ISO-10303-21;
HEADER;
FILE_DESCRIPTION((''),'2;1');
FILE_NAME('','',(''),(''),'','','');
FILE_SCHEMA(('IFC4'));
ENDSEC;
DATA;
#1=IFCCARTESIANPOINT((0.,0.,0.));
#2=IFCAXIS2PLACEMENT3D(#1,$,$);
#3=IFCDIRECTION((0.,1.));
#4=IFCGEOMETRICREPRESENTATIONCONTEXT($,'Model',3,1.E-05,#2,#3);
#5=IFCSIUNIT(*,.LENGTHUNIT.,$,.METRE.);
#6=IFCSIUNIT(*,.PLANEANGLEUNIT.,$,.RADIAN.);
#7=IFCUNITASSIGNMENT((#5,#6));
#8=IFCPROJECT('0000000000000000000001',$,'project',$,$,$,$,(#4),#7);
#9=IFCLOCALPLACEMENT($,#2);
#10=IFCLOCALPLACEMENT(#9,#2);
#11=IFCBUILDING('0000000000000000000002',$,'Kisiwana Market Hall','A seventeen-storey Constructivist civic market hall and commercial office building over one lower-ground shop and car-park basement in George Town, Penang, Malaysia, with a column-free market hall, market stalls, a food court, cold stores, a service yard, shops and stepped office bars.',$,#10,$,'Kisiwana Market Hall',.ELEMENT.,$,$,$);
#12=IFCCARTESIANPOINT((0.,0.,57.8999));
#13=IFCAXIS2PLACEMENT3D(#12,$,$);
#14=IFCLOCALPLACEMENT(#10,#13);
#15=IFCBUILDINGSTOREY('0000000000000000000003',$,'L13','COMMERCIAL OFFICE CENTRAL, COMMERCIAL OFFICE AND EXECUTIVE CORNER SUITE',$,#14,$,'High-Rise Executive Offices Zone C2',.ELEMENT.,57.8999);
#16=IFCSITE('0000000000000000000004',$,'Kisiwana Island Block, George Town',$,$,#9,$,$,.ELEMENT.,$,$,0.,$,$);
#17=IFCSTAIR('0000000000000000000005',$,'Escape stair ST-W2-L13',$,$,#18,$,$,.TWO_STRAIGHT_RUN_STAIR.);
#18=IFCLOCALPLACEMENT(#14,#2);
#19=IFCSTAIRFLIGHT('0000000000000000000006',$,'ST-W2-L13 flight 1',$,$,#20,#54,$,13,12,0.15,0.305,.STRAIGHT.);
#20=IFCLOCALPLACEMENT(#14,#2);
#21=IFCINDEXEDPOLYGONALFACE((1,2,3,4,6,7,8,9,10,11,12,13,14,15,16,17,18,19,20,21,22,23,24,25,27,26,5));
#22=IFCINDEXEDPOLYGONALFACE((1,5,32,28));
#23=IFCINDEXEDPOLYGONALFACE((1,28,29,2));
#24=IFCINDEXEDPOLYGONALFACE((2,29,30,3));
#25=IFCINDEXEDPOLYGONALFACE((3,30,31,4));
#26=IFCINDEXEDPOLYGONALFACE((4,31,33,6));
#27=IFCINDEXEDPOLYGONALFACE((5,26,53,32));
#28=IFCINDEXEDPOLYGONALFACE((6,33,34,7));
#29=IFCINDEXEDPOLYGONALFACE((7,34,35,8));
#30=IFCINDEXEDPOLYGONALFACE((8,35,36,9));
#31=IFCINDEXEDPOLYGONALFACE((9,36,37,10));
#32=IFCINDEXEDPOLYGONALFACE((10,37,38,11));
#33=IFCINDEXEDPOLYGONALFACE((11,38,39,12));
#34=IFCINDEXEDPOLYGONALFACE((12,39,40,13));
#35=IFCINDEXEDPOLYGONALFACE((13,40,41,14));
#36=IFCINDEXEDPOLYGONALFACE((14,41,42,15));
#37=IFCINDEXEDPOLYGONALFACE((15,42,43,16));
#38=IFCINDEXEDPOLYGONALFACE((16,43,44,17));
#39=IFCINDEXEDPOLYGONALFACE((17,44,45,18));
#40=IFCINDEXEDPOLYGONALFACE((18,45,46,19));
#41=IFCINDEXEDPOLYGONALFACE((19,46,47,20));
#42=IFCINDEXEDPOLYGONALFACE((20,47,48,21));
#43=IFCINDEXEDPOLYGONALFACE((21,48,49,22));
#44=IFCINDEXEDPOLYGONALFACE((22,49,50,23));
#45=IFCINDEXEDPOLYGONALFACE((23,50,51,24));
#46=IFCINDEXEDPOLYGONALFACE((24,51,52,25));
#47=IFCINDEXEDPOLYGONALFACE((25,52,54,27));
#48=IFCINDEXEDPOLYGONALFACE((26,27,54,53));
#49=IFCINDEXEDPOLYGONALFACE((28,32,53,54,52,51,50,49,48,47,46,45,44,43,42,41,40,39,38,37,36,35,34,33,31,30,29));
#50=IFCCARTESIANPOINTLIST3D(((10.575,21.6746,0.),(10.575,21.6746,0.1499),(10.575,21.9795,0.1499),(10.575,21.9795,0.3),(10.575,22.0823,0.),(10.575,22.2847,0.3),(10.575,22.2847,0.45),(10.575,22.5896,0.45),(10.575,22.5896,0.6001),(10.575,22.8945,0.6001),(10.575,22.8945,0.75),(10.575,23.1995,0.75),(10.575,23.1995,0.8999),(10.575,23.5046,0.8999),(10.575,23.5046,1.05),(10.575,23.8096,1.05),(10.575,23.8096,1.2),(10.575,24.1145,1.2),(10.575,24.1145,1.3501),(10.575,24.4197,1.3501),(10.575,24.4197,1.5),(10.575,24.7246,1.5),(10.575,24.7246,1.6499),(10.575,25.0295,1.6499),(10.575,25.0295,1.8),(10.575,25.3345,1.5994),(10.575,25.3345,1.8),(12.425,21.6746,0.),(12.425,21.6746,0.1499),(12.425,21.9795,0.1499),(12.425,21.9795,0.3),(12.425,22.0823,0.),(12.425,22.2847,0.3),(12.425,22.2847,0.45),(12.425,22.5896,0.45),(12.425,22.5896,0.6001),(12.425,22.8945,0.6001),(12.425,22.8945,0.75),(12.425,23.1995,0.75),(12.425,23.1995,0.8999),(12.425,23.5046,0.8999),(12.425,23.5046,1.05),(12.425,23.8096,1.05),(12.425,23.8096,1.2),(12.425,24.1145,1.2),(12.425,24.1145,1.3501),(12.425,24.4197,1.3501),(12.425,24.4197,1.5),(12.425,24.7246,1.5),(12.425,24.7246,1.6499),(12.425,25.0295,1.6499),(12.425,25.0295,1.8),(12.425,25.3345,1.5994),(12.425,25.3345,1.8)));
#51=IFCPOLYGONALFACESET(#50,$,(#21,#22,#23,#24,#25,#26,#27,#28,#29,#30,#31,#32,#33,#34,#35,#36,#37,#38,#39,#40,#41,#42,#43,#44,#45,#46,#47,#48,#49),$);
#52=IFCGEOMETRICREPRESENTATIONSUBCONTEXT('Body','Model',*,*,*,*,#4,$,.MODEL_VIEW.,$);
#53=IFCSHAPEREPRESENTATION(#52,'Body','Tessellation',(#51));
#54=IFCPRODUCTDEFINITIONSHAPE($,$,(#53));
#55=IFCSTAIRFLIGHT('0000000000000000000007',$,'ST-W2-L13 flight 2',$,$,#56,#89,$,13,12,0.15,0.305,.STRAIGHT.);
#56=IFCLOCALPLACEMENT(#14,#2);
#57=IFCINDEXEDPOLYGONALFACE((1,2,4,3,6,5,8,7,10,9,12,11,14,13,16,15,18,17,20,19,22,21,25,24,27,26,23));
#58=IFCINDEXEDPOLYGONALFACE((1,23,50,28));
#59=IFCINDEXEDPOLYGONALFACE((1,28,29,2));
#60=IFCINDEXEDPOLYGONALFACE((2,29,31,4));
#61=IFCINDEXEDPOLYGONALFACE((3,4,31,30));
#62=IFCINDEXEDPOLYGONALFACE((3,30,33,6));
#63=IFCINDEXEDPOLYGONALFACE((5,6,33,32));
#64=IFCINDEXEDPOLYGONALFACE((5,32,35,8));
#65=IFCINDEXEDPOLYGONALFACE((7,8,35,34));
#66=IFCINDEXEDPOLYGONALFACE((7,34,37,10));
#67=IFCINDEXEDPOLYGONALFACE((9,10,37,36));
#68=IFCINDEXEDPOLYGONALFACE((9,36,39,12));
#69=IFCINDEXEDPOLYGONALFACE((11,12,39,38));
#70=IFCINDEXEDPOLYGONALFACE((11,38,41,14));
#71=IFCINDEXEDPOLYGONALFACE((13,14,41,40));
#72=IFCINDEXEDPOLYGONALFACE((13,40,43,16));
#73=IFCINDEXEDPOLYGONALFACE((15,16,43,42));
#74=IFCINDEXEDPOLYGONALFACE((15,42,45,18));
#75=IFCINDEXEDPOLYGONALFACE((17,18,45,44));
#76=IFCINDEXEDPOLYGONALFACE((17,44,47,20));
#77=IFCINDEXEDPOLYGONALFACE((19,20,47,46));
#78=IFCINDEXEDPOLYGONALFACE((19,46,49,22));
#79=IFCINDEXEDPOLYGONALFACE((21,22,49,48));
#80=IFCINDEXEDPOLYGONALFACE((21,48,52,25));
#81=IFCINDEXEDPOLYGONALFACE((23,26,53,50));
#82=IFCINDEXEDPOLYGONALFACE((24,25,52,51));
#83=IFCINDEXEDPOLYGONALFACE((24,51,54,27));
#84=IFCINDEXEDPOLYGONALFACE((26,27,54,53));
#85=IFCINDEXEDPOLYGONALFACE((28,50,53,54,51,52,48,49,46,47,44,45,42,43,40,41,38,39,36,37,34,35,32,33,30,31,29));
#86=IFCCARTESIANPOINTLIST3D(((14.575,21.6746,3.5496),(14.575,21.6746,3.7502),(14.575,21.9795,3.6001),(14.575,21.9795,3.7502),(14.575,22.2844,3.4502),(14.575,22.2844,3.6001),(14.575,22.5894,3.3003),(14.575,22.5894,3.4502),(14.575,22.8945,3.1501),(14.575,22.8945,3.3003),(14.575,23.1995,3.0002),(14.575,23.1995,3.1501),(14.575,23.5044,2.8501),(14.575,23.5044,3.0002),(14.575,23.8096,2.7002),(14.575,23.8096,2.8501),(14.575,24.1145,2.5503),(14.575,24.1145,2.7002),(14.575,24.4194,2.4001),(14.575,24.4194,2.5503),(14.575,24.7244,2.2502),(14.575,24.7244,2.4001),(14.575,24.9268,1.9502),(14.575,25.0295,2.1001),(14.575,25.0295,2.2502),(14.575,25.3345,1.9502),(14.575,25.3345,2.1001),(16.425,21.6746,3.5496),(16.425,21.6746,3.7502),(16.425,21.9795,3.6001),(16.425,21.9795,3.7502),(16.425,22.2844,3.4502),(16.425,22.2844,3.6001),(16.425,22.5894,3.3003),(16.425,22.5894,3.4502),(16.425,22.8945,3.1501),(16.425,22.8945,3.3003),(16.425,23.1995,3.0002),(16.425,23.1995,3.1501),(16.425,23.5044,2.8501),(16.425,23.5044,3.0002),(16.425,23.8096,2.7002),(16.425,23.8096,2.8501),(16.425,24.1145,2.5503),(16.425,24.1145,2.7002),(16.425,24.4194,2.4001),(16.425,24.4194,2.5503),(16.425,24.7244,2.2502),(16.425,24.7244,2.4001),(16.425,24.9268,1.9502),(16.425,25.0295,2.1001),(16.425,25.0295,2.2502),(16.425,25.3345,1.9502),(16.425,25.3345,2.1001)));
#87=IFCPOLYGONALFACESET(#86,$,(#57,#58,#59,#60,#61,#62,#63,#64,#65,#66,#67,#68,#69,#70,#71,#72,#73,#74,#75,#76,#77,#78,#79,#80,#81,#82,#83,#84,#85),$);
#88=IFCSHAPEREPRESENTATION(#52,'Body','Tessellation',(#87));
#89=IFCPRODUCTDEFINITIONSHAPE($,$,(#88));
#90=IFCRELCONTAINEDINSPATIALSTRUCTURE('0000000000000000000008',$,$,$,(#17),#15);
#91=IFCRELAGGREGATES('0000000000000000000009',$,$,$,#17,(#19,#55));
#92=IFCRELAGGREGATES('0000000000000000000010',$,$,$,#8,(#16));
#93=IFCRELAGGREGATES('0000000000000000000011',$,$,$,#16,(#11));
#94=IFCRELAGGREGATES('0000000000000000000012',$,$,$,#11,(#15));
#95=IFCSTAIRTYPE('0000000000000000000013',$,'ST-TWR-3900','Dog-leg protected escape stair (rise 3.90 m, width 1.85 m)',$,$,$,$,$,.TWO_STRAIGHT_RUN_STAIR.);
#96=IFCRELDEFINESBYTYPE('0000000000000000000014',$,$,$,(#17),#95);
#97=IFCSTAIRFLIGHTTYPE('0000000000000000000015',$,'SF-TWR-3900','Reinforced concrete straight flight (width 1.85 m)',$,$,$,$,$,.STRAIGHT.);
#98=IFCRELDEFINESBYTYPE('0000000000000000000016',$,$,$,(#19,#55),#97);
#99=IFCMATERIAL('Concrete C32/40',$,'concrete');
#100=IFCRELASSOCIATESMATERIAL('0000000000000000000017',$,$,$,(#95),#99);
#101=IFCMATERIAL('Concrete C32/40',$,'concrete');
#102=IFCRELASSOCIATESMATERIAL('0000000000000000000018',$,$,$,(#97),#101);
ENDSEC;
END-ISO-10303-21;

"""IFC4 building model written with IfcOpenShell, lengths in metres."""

from ifc_helpers import new_model, si_unit, direction, frame, origin, place, context, subcontext, project, spatial, polyline, outline, extrude, material, type_object, element, aggregate, save


model = new_model("IFC4")

# Units and contexts
model_context = context("Model", 3, precision=1e-05, world=origin(), true_north=direction((0.0, 1.0)))
body_context = subcontext(model_context, "Body", "Model", "MODEL_VIEW")
ifc_project = project(units=[si_unit("LENGTHUNIT", "METRE"), si_unit("PLANEANGLEUNIT", "RADIAN")], contexts=[model_context])

# Site, building, storey
site_placement = place(None, origin())
site = spatial("IfcSite", under=ifc_project, at=site_placement, Name="Kisiwana Island Block, George Town", CompositionType="ELEMENT", RefElevation=0.0)
building_placement = place(site_placement, origin())
building = spatial("IfcBuilding", under=site, at=building_placement, Name="Kisiwana Market Hall", Description="A seventeen-storey Constructivist civic market hall and commercial office building over one lower-ground shop and car-park basement in George Town, Penang, Malaysia, with a column-free market hall, market stalls, a food court, cold stores, a service yard, shops and stepped office bars.", LongName="Kisiwana Market Hall", CompositionType="ELEMENT")
storey_placement = place(building_placement, frame((0.0, 0.0, 57.8999)))
storey = spatial("IfcBuildingStorey", under=building, at=storey_placement, Name="L13", Description="COMMERCIAL OFFICE CENTRAL, COMMERCIAL OFFICE AND EXECUTIVE CORNER SUITE", LongName="High-Rise Executive Offices Zone C2", CompositionType="ELEMENT", Elevation=57.8999)

# Stair, stair flights
ifc_material_1 = material(Name="Concrete C32/40", Category="concrete")
stair_type = type_object("IfcStairType", Name="ST-TWR-3900", Description="Dog-leg protected escape stair (rise 3.90 m, width 1.85 m)", PredefinedType="TWO_STRAIGHT_RUN_STAIR", material=ifc_material_1)
stair_placement = place(storey_placement, origin())
stair = element("IfcStair", 1, at=stair_placement, inside=storey, type_object=stair_type, Name="Escape stair ST-W2-L13", PredefinedType="TWO_STRAIGHT_RUN_STAIR")
ifc_material_2 = material(Name="Concrete C32/40", Category="concrete")
stair_flight_type = type_object("IfcStairFlightType", Name="SF-TWR-3900", Description="Reinforced concrete straight flight (width 1.85 m)", PredefinedType="STRAIGHT", material=ifc_material_2)
stair_flight_1_placement = place(storey_placement, frame((11.5, 21.6746, 0.0), z_axis=(0.0, 0.0, 1.0), x_axis=(0.0, 1.0, 0.0)))
stair_flight_1 = element("IfcStairFlight", 2, at=stair_flight_1_placement, type_object=stair_flight_type, Name="ST-W2-L13 flight 1", NumberOfRisers=13, NumberOfTreads=12, PredefinedType="STRAIGHT", RiserHeight=0.15, TreadLength=0.305, context=body_context, shape_type="SweptSolid", body=[
    extrude(outline(polyline([(0.0, 0.0), (0.0, 0.1499), (0.3049, 0.1499), (0.3049, 0.3), (0.6101, 0.3), (0.6101, 0.45), (0.915, 0.45), (0.915, 0.6001), (1.22, 0.6001), (1.22, 0.75), (1.5249, 0.75), (1.5249, 0.8999), (1.8301, 0.8999), (1.8301, 1.05), (2.135, 1.05), (2.135, 1.2), (2.4399, 1.2), (2.4399, 1.3501), (2.7451, 1.3501), (2.7451, 1.5), (3.05, 1.5), (3.05, 1.6499), (3.355, 1.6499), (3.355, 1.8), (3.6599, 1.8), (3.6599, 1.95), (3.6599, 1.5994), (0.4077, 0.0), (0.0, 0.0)])), frame((0.0, 0.925, 0.0), z_axis=(0.0, -1.0, 0.0), x_axis=(1.0, 0.0, 0.0)), (0.0, 0.0, 1.0), 1.8501),
])
stair_flight_2_placement = place(storey_placement, frame((15.5, 25.3345, 1.9502), z_axis=(0.0, 0.0, 1.0), x_axis=(0.0, -1.0, 0.0)))
stair_flight_2 = element("IfcStairFlight", 3, at=stair_flight_2_placement, type_object=stair_flight_type, Name="ST-W2-L13 flight 2", NumberOfRisers=13, NumberOfTreads=12, PredefinedType="STRAIGHT", RiserHeight=0.15, TreadLength=0.305, context=body_context, shape_type="SweptSolid", body=[
    extrude(outline(polyline([(0.0, 0.0), (0.0, 0.1499), (0.3049, 0.1499), (0.3049, 0.3), (0.6101, 0.3), (0.6101, 0.45), (0.915, 0.45), (0.915, 0.6001), (1.22, 0.6001), (1.22, 0.75), (1.5249, 0.75), (1.5249, 0.8999), (1.8301, 0.8999), (1.8301, 1.05), (2.135, 1.05), (2.135, 1.2), (2.4399, 1.2), (2.4399, 1.3501), (2.7451, 1.3501), (2.7451, 1.5), (3.05, 1.5), (3.05, 1.6499), (3.355, 1.6499), (3.355, 1.8), (3.6599, 1.8), (3.6599, 1.95), (3.6599, 1.5994), (0.4077, 0.0), (0.0, 0.0)])), frame((0.0, 0.925, 0.0), z_axis=(0.0, -1.0, 0.0), x_axis=(1.0, 0.0, 0.0)), (0.0, 0.0, 1.0), 1.8501),
])
aggregate(stair, [stair_flight_1, stair_flight_2])

save(model, "model.ifc")
